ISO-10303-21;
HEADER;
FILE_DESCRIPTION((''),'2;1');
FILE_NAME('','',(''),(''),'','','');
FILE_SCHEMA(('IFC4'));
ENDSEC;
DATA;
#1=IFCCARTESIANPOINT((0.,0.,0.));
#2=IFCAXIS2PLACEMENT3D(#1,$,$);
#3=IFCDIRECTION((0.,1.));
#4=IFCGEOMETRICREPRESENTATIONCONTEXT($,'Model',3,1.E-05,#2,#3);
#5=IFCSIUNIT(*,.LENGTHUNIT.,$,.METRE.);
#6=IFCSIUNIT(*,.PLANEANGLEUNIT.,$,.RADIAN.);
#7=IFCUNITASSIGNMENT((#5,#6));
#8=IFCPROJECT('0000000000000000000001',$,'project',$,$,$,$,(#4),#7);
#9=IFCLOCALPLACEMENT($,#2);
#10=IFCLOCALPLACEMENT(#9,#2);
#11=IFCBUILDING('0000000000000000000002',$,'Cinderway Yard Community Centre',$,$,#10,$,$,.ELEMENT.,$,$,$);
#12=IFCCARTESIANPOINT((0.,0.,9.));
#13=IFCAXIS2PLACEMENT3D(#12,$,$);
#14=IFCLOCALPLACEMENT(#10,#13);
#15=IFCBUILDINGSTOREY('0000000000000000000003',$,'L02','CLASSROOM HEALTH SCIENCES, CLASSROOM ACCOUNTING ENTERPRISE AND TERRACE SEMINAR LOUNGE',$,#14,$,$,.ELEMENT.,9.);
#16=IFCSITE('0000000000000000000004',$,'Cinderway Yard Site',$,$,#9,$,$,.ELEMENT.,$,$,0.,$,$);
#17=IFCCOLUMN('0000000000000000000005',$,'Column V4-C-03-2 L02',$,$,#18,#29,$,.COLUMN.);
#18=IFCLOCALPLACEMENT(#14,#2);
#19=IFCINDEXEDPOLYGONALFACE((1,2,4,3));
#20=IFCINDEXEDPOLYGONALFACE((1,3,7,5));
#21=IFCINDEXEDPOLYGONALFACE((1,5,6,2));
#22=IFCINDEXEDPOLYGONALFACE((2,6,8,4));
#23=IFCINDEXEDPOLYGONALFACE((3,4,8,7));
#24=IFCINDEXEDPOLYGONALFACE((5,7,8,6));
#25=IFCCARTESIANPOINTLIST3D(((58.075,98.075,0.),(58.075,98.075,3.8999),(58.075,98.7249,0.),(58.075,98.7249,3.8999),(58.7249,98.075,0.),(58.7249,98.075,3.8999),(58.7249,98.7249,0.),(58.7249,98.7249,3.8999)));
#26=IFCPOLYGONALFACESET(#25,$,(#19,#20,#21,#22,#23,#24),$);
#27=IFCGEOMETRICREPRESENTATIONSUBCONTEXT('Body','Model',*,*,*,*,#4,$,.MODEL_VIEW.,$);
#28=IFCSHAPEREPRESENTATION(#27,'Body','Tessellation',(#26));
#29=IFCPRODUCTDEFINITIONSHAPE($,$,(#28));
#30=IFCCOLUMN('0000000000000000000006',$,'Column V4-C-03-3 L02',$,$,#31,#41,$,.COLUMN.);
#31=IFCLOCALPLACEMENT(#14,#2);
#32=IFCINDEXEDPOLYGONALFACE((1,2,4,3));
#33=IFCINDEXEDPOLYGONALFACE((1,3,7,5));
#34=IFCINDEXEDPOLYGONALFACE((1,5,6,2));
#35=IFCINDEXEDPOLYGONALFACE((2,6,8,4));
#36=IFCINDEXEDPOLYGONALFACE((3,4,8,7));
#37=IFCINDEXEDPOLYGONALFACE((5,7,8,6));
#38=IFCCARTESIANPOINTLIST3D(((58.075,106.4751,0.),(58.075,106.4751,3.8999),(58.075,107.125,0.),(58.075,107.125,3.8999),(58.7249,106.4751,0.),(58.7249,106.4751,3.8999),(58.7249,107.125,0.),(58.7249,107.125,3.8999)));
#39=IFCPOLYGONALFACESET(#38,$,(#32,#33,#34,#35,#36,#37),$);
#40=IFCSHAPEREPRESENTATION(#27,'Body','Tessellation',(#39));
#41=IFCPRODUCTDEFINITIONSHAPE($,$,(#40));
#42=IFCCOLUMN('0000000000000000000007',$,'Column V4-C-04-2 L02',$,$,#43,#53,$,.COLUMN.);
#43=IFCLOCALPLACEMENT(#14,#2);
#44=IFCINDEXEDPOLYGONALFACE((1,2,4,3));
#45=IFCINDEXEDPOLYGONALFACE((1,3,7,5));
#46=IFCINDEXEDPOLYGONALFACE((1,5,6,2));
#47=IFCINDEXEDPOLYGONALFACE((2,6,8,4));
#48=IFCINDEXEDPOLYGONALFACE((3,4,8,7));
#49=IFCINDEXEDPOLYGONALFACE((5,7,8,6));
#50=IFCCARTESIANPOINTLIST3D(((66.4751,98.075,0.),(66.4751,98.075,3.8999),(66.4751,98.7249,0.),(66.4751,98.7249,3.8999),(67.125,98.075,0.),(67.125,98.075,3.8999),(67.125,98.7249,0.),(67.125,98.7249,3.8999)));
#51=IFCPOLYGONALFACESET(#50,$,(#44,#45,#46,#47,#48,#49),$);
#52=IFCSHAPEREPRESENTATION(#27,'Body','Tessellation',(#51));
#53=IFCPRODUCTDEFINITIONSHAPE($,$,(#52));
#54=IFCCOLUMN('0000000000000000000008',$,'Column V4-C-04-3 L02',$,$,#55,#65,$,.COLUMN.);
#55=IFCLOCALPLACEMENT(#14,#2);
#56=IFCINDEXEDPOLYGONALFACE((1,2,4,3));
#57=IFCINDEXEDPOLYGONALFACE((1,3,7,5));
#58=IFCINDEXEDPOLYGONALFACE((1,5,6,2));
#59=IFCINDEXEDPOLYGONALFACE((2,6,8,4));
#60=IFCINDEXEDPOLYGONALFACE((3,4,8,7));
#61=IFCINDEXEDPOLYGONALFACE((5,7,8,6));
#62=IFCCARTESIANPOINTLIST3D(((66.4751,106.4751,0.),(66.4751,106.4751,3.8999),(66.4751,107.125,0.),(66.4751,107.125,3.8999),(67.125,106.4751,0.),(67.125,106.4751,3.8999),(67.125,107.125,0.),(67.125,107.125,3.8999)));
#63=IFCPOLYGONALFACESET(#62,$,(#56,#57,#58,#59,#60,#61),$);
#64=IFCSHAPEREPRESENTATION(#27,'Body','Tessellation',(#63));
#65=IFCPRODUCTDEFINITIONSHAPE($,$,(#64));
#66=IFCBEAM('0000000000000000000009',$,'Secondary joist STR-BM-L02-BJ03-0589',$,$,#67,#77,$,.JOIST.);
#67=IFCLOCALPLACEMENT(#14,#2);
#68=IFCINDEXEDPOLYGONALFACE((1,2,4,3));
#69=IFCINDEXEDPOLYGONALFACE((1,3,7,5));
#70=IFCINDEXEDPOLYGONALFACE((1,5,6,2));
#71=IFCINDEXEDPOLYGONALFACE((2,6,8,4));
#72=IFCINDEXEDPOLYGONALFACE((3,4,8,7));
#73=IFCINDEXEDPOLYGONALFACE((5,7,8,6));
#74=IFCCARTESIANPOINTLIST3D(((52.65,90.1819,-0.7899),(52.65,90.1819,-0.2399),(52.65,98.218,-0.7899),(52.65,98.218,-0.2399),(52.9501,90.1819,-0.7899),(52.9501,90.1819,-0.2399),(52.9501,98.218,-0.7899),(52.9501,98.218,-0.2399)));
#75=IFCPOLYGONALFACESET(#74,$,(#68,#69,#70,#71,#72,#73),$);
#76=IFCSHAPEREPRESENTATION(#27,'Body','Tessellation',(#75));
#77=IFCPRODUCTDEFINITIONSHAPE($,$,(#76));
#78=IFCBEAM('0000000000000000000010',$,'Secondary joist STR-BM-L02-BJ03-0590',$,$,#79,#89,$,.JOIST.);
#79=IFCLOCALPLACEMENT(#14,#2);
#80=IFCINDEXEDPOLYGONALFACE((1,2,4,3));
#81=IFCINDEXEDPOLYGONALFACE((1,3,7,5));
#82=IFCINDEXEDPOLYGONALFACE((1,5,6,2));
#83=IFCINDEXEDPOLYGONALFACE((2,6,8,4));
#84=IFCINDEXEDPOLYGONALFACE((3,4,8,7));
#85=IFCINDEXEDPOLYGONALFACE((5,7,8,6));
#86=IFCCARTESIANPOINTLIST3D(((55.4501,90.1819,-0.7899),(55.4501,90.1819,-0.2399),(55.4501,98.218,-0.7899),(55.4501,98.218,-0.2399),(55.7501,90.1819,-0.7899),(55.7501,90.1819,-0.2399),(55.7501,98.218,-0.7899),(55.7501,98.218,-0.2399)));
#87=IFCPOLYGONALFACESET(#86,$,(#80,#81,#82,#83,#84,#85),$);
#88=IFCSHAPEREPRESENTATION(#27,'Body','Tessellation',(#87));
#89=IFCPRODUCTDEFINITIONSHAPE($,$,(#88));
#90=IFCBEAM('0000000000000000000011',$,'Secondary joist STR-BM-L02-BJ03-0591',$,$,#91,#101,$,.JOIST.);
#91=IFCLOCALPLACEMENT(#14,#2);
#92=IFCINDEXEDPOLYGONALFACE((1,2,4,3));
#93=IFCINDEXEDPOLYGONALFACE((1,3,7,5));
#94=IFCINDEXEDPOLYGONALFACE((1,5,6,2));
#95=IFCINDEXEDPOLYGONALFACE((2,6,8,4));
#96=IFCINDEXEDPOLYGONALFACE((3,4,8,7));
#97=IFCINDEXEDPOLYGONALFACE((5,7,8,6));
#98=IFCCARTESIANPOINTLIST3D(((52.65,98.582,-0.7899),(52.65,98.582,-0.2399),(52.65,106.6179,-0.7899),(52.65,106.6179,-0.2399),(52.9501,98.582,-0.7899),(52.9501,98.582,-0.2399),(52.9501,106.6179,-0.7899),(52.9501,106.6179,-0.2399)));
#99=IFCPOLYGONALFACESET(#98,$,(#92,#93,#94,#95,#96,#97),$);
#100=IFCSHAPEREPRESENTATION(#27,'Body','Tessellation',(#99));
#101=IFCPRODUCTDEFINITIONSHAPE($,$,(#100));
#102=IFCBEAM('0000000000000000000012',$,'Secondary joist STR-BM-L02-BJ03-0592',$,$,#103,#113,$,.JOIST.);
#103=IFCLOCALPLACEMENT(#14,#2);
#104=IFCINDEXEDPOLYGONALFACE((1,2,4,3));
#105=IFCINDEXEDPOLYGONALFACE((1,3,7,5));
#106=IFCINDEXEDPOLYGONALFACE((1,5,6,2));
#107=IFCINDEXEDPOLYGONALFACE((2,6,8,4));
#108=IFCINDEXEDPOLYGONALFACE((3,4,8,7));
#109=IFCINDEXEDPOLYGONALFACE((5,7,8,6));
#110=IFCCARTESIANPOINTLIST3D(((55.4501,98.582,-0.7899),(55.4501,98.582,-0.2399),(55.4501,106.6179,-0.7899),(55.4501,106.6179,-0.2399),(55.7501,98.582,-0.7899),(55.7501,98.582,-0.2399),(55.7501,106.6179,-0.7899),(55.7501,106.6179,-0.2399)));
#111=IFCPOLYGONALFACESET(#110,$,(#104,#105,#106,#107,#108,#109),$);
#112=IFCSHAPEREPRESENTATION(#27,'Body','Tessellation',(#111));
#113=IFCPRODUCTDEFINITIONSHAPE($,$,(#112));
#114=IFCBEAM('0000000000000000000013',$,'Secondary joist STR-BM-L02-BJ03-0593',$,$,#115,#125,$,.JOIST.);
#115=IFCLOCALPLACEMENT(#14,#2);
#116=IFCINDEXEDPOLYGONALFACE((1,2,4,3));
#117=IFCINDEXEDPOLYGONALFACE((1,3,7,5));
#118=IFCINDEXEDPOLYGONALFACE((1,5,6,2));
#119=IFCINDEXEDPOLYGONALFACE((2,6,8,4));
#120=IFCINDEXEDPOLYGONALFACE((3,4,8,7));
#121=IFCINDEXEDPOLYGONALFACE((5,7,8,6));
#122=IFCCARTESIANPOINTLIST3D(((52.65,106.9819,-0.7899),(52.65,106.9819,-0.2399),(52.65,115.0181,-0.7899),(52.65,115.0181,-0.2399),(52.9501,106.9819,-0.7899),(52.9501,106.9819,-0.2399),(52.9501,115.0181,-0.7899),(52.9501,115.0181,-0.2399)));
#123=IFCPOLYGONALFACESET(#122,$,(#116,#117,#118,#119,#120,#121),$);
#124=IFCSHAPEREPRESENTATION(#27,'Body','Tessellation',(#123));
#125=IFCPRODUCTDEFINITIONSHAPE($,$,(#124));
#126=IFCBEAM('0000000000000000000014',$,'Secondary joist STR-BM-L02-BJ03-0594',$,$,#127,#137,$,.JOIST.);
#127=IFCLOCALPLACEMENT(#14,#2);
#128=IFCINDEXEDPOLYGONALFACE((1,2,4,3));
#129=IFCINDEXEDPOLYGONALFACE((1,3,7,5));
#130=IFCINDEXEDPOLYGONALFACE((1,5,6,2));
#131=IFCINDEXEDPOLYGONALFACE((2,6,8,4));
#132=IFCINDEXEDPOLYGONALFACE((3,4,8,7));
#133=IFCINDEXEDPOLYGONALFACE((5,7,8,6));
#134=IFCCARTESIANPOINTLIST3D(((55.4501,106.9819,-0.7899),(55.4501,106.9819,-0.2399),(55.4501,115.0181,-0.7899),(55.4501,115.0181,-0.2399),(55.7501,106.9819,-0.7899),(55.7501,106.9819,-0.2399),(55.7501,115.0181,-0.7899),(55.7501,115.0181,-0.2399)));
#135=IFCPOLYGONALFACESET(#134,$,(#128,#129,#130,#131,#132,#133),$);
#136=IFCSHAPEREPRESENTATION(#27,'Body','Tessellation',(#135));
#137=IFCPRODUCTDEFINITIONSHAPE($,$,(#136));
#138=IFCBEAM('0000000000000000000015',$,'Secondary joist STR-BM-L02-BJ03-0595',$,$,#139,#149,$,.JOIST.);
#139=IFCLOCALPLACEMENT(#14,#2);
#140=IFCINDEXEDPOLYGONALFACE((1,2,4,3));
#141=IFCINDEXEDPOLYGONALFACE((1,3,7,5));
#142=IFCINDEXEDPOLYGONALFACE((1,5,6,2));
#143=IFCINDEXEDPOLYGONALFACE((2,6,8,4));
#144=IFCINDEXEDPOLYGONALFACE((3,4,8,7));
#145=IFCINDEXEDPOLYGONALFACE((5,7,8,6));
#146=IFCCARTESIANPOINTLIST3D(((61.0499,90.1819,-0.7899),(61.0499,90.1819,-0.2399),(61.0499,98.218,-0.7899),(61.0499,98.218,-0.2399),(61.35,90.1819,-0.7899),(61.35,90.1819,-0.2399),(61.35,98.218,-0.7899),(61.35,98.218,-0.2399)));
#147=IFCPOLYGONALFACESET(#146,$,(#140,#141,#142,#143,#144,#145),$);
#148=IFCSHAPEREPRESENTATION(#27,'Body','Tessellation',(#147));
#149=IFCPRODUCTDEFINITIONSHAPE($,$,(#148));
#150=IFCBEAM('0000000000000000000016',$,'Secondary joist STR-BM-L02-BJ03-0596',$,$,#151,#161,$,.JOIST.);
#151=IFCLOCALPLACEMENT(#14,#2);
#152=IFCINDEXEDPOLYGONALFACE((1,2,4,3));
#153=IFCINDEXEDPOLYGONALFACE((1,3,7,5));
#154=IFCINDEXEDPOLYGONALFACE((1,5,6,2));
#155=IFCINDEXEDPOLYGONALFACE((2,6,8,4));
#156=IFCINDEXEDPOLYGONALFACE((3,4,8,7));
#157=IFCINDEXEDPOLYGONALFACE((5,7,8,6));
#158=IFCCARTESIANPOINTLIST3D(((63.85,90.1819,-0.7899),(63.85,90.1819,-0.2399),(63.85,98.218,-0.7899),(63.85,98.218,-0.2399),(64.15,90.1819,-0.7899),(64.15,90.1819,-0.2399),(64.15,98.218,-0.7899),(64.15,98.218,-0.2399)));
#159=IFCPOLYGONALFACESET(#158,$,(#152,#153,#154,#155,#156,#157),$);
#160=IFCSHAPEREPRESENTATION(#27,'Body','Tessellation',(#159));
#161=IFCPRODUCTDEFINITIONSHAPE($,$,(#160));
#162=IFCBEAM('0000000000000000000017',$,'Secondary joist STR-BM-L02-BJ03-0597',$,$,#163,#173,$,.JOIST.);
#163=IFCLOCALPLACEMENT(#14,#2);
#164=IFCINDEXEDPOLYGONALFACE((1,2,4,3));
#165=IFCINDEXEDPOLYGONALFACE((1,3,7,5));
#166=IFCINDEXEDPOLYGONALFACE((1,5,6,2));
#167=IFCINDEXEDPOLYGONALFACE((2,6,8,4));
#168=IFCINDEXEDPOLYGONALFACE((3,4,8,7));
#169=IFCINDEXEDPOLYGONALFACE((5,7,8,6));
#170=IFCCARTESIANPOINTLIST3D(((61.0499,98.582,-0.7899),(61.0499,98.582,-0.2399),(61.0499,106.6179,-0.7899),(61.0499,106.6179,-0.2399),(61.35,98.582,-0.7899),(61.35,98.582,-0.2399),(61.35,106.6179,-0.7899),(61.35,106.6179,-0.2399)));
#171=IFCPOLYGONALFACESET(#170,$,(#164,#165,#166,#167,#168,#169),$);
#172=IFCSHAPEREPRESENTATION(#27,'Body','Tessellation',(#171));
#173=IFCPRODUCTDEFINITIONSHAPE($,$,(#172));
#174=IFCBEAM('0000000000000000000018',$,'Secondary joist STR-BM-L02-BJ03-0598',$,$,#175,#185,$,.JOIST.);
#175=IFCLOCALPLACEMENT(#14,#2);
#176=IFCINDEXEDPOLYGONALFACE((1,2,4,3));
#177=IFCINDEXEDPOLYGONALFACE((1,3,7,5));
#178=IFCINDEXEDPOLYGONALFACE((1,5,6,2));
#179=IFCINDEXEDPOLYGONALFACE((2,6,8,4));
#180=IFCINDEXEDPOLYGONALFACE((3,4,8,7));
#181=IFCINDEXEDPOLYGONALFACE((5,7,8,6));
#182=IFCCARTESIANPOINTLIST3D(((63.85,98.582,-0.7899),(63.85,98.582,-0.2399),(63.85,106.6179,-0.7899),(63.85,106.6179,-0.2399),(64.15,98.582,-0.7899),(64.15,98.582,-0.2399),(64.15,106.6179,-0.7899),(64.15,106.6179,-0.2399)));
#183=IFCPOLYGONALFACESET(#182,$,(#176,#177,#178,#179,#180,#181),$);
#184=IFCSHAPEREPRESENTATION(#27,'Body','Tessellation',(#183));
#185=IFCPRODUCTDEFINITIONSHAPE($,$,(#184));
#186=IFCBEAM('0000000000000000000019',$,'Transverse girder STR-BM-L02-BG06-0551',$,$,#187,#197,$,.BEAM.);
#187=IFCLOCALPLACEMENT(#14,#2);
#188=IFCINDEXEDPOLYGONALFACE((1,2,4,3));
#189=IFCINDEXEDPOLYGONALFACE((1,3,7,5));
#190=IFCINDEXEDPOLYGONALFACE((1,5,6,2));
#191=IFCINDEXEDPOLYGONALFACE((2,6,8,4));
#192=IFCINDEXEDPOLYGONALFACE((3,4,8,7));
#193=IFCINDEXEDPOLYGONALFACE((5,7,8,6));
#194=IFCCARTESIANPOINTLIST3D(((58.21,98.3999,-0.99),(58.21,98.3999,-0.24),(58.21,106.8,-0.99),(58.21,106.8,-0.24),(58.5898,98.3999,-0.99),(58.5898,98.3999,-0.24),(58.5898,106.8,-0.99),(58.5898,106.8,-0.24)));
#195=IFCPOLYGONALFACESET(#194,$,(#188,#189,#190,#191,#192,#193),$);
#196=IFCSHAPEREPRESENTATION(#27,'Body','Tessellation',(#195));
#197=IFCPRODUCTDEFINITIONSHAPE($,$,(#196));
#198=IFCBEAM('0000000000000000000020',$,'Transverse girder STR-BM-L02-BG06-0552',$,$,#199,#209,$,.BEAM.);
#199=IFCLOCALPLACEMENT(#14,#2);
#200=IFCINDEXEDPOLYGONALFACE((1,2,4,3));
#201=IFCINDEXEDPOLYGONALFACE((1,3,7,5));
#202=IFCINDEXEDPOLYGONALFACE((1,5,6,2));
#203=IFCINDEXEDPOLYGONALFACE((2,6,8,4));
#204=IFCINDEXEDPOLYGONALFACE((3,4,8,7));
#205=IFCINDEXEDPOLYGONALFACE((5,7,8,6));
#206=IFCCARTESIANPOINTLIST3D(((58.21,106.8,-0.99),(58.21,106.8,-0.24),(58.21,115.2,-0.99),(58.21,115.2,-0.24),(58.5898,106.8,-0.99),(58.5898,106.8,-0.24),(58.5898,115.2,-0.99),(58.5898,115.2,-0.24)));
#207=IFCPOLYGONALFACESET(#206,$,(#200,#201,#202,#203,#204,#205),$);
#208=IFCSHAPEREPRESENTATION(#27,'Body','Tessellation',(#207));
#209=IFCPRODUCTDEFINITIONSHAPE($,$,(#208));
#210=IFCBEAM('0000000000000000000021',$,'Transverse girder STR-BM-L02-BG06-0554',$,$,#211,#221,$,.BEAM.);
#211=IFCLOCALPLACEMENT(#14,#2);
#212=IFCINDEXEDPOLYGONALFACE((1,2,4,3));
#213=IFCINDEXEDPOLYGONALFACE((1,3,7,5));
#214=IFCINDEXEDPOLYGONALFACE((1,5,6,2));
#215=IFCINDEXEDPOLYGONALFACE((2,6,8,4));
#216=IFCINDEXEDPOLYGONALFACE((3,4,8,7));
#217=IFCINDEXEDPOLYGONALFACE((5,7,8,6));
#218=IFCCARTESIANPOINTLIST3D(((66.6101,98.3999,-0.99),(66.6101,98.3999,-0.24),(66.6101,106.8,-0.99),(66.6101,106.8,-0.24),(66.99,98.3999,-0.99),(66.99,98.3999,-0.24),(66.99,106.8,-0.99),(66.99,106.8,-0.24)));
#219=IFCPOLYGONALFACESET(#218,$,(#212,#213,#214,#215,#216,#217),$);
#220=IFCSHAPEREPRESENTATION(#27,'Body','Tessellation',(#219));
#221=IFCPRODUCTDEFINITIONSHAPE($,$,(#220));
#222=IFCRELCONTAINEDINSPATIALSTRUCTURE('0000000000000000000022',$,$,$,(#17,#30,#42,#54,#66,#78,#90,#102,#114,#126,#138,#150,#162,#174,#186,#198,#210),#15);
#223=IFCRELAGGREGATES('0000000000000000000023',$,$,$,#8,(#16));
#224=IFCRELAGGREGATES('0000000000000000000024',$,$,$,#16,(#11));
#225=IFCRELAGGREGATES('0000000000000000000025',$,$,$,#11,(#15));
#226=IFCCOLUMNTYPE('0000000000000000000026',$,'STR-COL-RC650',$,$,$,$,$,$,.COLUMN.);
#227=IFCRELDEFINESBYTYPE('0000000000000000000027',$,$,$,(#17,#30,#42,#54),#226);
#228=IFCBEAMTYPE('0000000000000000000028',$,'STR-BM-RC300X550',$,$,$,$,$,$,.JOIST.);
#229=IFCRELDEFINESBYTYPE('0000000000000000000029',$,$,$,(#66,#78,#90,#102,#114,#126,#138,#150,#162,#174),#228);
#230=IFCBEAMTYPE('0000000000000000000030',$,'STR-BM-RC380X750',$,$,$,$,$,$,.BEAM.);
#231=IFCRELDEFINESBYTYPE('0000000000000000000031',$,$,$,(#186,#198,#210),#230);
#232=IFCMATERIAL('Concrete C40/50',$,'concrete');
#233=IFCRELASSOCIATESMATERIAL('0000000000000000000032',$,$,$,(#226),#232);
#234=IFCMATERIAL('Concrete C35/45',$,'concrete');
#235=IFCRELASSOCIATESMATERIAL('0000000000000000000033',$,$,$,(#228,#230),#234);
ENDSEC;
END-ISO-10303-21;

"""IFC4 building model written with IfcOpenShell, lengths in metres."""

from ifc_helpers import new_model, si_unit, direction, frame, origin, origin_2d, place, context, subcontext, project, spatial, rectangle, extrude, material, material_profile, profile_set, type_object, element, save


model = new_model("IFC4")

# Units and contexts
model_context = context("Model", 3, precision=1e-05, world=origin(), true_north=direction((0.0, 1.0)))
body_context = subcontext(model_context, "Body", "Model", "MODEL_VIEW")
ifc_project = project(units=[si_unit("LENGTHUNIT", "METRE"), si_unit("PLANEANGLEUNIT", "RADIAN")], contexts=[model_context])

# Site, building, storey
site_placement = place(None, origin())
site = spatial("IfcSite", under=ifc_project, at=site_placement, Name="Cinderway Yard Site", CompositionType="ELEMENT", RefElevation=0.0)
building_placement = place(site_placement, origin())
building = spatial("IfcBuilding", under=site, at=building_placement, Name="Cinderway Yard Community Centre", CompositionType="ELEMENT")
storey_placement = place(building_placement, frame((0.0, 0.0, 9.0)))
storey = spatial("IfcBuildingStorey", under=building, at=storey_placement, Name="L02", Description="CLASSROOM HEALTH SCIENCES, CLASSROOM ACCOUNTING ENTERPRISE AND TERRACE SEMINAR LOUNGE", CompositionType="ELEMENT", Elevation=9.0)

# Columns
ifc_material_1 = material(Name="Concrete C40/50", Category="concrete")
ifc_material_profile_1 = material_profile(ifc_material_1, rectangle(XDim=0.6499, YDim=0.6499, at=origin_2d()), Name="Concrete C40/50")
ifc_profile_set_1 = profile_set([ifc_material_profile_1], Name="Concrete C40/50")
column_type = type_object("IfcColumnType", Name="STR-COL-RC650", PredefinedType="COLUMN", material=ifc_profile_set_1)
for number, where, z_axis, x_axis, name in (
    (1, (58.3999, 98.3999, 0.0), (0.0, 0.0, 1.0), (1.0, 0.0, 0.0), "Column V4-C-03-2 L02"),
    (2, (58.3999, 106.8, 0.0), (0.0, 0.0, 1.0), (1.0, 0.0, 0.0), "Column V4-C-03-3 L02"),
    (3, (66.8, 98.3999, 0.0), (0.0, 0.0, 1.0), (1.0, 0.0, 0.0), "Column V4-C-04-2 L02"),
    (4, (66.8, 106.8, 0.0), (0.0, 0.0, 1.0), (1.0, 0.0, 0.0), "Column V4-C-04-3 L02"),
):
    element("IfcColumn", number, at=place(storey_placement, frame(where, z_axis=z_axis, x_axis=x_axis)), inside=storey, type_object=column_type, Name=name, PredefinedType="COLUMN", context=body_context, shape_type="SweptSolid", body=[
        extrude(rectangle(XDim=0.6499, YDim=0.6499, at=origin_2d()), origin(), (0.0, 0.0, 1.0), 3.8999),
    ])

# Beams
ifc_material_2 = material(Name="Concrete C35/45", Category="concrete")
ifc_material_profile_2 = material_profile(ifc_material_2, rectangle(XDim=0.3, YDim=0.55, at=origin_2d()), Name="Concrete C35/45")
ifc_profile_set_2 = profile_set([ifc_material_profile_2], Name="Concrete C35/45")
beam_type_1 = type_object("IfcBeamType", Name="STR-BM-RC300X550", PredefinedType="JOIST", material=ifc_profile_set_2)
for number, where, z_axis, x_axis, name in (
    (5, (52.8, 90.1819, -0.5149), (0.0, 1.0, 0.0), (-1.0, 0.0, 0.0), "Secondary joist STR-BM-L02-BJ03-0589"),
    (6, (55.6001, 90.1819, -0.5149), (0.0, 1.0, 0.0), (-1.0, 0.0, 0.0), "Secondary joist STR-BM-L02-BJ03-0590"),
):
    element("IfcBeam", number, at=place(storey_placement, frame(where, z_axis=z_axis, x_axis=x_axis)), inside=storey, type_object=beam_type_1, Name=name, PredefinedType="JOIST", context=body_context, shape_type="SweptSolid", body=[
        extrude(rectangle(XDim=0.3, YDim=0.55, at=origin_2d()), origin(), (0.0, 0.0, 1.0), 8.0361),
    ])
for number, where, z_axis, x_axis, name in (
    (7, (52.8, 98.582, -0.5149), (0.0, 1.0, 0.0), (-1.0, 0.0, 0.0), "Secondary joist STR-BM-L02-BJ03-0591"),
    (8, (55.6001, 98.582, -0.5149), (0.0, 1.0, 0.0), (-1.0, 0.0, 0.0), "Secondary joist STR-BM-L02-BJ03-0592"),
):
    element("IfcBeam", number, at=place(storey_placement, frame(where, z_axis=z_axis, x_axis=x_axis)), inside=storey, type_object=beam_type_1, Name=name, PredefinedType="JOIST", context=body_context, shape_type="SweptSolid", body=[
        extrude(rectangle(XDim=0.3, YDim=0.55, at=origin_2d()), origin(), (0.0, 0.0, 1.0), 8.0359),
    ])
for number, where, z_axis, x_axis, name in (
    (9, (52.8, 106.9819, -0.5149), (0.0, 1.0, 0.0), (-1.0, 0.0, 0.0), "Secondary joist STR-BM-L02-BJ03-0593"),
    (10, (55.6001, 106.9819, -0.5149), (0.0, 1.0, 0.0), (-1.0, 0.0, 0.0), "Secondary joist STR-BM-L02-BJ03-0594"),
    (11, (61.2, 90.1819, -0.5149), (0.0, 1.0, 0.0), (-1.0, 0.0, 0.0), "Secondary joist STR-BM-L02-BJ03-0595"),
    (12, (64.0, 90.1819, -0.5149), (0.0, 1.0, 0.0), (-1.0, 0.0, 0.0), "Secondary joist STR-BM-L02-BJ03-0596"),
):
    element("IfcBeam", number, at=place(storey_placement, frame(where, z_axis=z_axis, x_axis=x_axis)), inside=storey, type_object=beam_type_1, Name=name, PredefinedType="JOIST", context=body_context, shape_type="SweptSolid", body=[
        extrude(rectangle(XDim=0.3, YDim=0.55, at=origin_2d()), origin(), (0.0, 0.0, 1.0), 8.0361),
    ])
for number, where, z_axis, x_axis, name in (
    (13, (61.2, 98.582, -0.5149), (0.0, 1.0, 0.0), (-1.0, 0.0, 0.0), "Secondary joist STR-BM-L02-BJ03-0597"),
    (14, (64.0, 98.582, -0.5149), (0.0, 1.0, 0.0), (-1.0, 0.0, 0.0), "Secondary joist STR-BM-L02-BJ03-0598"),
):
    element("IfcBeam", number, at=place(storey_placement, frame(where, z_axis=z_axis, x_axis=x_axis)), inside=storey, type_object=beam_type_1, Name=name, PredefinedType="JOIST", context=body_context, shape_type="SweptSolid", body=[
        extrude(rectangle(XDim=0.3, YDim=0.55, at=origin_2d()), origin(), (0.0, 0.0, 1.0), 8.0359),
    ])
ifc_material_profile_3 = material_profile(ifc_material_2, rectangle(XDim=0.3799, YDim=0.75, at=origin_2d()), Name="Concrete C35/45")
ifc_profile_set_3 = profile_set([ifc_material_profile_3], Name="Concrete C35/45")
beam_type_2 = type_object("IfcBeamType", Name="STR-BM-RC380X750", PredefinedType="BEAM", material=ifc_profile_set_3)
beam_1_placement = place(storey_placement, frame((58.3999, 98.3999, -0.615), z_axis=(0.0, 1.0, 0.0), x_axis=(-1.0, 0.0, 0.0)))
element("IfcBeam", 15, at=beam_1_placement, inside=storey, type_object=beam_type_2, Name="Transverse girder STR-BM-L02-BG06-0551", PredefinedType="BEAM", context=body_context, shape_type="SweptSolid", body=[
    extrude(rectangle(XDim=0.3799, YDim=0.75, at=origin_2d()), origin(), (0.0, 0.0, 1.0), 8.4001),
])
beam_2_placement = place(storey_placement, frame((58.3999, 106.8, -0.615), z_axis=(0.0, 1.0, 0.0), x_axis=(-1.0, 0.0, 0.0)))
element("IfcBeam", 16, at=beam_2_placement, inside=storey, type_object=beam_type_2, Name="Transverse girder STR-BM-L02-BG06-0552", PredefinedType="BEAM", context=body_context, shape_type="SweptSolid", body=[
    extrude(rectangle(XDim=0.3799, YDim=0.75, at=origin_2d()), origin(), (0.0, 0.0, 1.0), 8.3999),
])
beam_3_placement = place(storey_placement, frame((66.8, 98.3999, -0.615), z_axis=(0.0, 1.0, 0.0), x_axis=(-1.0, 0.0, 0.0)))
element("IfcBeam", 17, at=beam_3_placement, inside=storey, type_object=beam_type_2, Name="Transverse girder STR-BM-L02-BG06-0554", PredefinedType="BEAM", context=body_context, shape_type="SweptSolid", body=[
    extrude(rectangle(XDim=0.3799, YDim=0.75, at=origin_2d()), origin(), (0.0, 0.0, 1.0), 8.4001),
])

save(model, "model.ifc")
